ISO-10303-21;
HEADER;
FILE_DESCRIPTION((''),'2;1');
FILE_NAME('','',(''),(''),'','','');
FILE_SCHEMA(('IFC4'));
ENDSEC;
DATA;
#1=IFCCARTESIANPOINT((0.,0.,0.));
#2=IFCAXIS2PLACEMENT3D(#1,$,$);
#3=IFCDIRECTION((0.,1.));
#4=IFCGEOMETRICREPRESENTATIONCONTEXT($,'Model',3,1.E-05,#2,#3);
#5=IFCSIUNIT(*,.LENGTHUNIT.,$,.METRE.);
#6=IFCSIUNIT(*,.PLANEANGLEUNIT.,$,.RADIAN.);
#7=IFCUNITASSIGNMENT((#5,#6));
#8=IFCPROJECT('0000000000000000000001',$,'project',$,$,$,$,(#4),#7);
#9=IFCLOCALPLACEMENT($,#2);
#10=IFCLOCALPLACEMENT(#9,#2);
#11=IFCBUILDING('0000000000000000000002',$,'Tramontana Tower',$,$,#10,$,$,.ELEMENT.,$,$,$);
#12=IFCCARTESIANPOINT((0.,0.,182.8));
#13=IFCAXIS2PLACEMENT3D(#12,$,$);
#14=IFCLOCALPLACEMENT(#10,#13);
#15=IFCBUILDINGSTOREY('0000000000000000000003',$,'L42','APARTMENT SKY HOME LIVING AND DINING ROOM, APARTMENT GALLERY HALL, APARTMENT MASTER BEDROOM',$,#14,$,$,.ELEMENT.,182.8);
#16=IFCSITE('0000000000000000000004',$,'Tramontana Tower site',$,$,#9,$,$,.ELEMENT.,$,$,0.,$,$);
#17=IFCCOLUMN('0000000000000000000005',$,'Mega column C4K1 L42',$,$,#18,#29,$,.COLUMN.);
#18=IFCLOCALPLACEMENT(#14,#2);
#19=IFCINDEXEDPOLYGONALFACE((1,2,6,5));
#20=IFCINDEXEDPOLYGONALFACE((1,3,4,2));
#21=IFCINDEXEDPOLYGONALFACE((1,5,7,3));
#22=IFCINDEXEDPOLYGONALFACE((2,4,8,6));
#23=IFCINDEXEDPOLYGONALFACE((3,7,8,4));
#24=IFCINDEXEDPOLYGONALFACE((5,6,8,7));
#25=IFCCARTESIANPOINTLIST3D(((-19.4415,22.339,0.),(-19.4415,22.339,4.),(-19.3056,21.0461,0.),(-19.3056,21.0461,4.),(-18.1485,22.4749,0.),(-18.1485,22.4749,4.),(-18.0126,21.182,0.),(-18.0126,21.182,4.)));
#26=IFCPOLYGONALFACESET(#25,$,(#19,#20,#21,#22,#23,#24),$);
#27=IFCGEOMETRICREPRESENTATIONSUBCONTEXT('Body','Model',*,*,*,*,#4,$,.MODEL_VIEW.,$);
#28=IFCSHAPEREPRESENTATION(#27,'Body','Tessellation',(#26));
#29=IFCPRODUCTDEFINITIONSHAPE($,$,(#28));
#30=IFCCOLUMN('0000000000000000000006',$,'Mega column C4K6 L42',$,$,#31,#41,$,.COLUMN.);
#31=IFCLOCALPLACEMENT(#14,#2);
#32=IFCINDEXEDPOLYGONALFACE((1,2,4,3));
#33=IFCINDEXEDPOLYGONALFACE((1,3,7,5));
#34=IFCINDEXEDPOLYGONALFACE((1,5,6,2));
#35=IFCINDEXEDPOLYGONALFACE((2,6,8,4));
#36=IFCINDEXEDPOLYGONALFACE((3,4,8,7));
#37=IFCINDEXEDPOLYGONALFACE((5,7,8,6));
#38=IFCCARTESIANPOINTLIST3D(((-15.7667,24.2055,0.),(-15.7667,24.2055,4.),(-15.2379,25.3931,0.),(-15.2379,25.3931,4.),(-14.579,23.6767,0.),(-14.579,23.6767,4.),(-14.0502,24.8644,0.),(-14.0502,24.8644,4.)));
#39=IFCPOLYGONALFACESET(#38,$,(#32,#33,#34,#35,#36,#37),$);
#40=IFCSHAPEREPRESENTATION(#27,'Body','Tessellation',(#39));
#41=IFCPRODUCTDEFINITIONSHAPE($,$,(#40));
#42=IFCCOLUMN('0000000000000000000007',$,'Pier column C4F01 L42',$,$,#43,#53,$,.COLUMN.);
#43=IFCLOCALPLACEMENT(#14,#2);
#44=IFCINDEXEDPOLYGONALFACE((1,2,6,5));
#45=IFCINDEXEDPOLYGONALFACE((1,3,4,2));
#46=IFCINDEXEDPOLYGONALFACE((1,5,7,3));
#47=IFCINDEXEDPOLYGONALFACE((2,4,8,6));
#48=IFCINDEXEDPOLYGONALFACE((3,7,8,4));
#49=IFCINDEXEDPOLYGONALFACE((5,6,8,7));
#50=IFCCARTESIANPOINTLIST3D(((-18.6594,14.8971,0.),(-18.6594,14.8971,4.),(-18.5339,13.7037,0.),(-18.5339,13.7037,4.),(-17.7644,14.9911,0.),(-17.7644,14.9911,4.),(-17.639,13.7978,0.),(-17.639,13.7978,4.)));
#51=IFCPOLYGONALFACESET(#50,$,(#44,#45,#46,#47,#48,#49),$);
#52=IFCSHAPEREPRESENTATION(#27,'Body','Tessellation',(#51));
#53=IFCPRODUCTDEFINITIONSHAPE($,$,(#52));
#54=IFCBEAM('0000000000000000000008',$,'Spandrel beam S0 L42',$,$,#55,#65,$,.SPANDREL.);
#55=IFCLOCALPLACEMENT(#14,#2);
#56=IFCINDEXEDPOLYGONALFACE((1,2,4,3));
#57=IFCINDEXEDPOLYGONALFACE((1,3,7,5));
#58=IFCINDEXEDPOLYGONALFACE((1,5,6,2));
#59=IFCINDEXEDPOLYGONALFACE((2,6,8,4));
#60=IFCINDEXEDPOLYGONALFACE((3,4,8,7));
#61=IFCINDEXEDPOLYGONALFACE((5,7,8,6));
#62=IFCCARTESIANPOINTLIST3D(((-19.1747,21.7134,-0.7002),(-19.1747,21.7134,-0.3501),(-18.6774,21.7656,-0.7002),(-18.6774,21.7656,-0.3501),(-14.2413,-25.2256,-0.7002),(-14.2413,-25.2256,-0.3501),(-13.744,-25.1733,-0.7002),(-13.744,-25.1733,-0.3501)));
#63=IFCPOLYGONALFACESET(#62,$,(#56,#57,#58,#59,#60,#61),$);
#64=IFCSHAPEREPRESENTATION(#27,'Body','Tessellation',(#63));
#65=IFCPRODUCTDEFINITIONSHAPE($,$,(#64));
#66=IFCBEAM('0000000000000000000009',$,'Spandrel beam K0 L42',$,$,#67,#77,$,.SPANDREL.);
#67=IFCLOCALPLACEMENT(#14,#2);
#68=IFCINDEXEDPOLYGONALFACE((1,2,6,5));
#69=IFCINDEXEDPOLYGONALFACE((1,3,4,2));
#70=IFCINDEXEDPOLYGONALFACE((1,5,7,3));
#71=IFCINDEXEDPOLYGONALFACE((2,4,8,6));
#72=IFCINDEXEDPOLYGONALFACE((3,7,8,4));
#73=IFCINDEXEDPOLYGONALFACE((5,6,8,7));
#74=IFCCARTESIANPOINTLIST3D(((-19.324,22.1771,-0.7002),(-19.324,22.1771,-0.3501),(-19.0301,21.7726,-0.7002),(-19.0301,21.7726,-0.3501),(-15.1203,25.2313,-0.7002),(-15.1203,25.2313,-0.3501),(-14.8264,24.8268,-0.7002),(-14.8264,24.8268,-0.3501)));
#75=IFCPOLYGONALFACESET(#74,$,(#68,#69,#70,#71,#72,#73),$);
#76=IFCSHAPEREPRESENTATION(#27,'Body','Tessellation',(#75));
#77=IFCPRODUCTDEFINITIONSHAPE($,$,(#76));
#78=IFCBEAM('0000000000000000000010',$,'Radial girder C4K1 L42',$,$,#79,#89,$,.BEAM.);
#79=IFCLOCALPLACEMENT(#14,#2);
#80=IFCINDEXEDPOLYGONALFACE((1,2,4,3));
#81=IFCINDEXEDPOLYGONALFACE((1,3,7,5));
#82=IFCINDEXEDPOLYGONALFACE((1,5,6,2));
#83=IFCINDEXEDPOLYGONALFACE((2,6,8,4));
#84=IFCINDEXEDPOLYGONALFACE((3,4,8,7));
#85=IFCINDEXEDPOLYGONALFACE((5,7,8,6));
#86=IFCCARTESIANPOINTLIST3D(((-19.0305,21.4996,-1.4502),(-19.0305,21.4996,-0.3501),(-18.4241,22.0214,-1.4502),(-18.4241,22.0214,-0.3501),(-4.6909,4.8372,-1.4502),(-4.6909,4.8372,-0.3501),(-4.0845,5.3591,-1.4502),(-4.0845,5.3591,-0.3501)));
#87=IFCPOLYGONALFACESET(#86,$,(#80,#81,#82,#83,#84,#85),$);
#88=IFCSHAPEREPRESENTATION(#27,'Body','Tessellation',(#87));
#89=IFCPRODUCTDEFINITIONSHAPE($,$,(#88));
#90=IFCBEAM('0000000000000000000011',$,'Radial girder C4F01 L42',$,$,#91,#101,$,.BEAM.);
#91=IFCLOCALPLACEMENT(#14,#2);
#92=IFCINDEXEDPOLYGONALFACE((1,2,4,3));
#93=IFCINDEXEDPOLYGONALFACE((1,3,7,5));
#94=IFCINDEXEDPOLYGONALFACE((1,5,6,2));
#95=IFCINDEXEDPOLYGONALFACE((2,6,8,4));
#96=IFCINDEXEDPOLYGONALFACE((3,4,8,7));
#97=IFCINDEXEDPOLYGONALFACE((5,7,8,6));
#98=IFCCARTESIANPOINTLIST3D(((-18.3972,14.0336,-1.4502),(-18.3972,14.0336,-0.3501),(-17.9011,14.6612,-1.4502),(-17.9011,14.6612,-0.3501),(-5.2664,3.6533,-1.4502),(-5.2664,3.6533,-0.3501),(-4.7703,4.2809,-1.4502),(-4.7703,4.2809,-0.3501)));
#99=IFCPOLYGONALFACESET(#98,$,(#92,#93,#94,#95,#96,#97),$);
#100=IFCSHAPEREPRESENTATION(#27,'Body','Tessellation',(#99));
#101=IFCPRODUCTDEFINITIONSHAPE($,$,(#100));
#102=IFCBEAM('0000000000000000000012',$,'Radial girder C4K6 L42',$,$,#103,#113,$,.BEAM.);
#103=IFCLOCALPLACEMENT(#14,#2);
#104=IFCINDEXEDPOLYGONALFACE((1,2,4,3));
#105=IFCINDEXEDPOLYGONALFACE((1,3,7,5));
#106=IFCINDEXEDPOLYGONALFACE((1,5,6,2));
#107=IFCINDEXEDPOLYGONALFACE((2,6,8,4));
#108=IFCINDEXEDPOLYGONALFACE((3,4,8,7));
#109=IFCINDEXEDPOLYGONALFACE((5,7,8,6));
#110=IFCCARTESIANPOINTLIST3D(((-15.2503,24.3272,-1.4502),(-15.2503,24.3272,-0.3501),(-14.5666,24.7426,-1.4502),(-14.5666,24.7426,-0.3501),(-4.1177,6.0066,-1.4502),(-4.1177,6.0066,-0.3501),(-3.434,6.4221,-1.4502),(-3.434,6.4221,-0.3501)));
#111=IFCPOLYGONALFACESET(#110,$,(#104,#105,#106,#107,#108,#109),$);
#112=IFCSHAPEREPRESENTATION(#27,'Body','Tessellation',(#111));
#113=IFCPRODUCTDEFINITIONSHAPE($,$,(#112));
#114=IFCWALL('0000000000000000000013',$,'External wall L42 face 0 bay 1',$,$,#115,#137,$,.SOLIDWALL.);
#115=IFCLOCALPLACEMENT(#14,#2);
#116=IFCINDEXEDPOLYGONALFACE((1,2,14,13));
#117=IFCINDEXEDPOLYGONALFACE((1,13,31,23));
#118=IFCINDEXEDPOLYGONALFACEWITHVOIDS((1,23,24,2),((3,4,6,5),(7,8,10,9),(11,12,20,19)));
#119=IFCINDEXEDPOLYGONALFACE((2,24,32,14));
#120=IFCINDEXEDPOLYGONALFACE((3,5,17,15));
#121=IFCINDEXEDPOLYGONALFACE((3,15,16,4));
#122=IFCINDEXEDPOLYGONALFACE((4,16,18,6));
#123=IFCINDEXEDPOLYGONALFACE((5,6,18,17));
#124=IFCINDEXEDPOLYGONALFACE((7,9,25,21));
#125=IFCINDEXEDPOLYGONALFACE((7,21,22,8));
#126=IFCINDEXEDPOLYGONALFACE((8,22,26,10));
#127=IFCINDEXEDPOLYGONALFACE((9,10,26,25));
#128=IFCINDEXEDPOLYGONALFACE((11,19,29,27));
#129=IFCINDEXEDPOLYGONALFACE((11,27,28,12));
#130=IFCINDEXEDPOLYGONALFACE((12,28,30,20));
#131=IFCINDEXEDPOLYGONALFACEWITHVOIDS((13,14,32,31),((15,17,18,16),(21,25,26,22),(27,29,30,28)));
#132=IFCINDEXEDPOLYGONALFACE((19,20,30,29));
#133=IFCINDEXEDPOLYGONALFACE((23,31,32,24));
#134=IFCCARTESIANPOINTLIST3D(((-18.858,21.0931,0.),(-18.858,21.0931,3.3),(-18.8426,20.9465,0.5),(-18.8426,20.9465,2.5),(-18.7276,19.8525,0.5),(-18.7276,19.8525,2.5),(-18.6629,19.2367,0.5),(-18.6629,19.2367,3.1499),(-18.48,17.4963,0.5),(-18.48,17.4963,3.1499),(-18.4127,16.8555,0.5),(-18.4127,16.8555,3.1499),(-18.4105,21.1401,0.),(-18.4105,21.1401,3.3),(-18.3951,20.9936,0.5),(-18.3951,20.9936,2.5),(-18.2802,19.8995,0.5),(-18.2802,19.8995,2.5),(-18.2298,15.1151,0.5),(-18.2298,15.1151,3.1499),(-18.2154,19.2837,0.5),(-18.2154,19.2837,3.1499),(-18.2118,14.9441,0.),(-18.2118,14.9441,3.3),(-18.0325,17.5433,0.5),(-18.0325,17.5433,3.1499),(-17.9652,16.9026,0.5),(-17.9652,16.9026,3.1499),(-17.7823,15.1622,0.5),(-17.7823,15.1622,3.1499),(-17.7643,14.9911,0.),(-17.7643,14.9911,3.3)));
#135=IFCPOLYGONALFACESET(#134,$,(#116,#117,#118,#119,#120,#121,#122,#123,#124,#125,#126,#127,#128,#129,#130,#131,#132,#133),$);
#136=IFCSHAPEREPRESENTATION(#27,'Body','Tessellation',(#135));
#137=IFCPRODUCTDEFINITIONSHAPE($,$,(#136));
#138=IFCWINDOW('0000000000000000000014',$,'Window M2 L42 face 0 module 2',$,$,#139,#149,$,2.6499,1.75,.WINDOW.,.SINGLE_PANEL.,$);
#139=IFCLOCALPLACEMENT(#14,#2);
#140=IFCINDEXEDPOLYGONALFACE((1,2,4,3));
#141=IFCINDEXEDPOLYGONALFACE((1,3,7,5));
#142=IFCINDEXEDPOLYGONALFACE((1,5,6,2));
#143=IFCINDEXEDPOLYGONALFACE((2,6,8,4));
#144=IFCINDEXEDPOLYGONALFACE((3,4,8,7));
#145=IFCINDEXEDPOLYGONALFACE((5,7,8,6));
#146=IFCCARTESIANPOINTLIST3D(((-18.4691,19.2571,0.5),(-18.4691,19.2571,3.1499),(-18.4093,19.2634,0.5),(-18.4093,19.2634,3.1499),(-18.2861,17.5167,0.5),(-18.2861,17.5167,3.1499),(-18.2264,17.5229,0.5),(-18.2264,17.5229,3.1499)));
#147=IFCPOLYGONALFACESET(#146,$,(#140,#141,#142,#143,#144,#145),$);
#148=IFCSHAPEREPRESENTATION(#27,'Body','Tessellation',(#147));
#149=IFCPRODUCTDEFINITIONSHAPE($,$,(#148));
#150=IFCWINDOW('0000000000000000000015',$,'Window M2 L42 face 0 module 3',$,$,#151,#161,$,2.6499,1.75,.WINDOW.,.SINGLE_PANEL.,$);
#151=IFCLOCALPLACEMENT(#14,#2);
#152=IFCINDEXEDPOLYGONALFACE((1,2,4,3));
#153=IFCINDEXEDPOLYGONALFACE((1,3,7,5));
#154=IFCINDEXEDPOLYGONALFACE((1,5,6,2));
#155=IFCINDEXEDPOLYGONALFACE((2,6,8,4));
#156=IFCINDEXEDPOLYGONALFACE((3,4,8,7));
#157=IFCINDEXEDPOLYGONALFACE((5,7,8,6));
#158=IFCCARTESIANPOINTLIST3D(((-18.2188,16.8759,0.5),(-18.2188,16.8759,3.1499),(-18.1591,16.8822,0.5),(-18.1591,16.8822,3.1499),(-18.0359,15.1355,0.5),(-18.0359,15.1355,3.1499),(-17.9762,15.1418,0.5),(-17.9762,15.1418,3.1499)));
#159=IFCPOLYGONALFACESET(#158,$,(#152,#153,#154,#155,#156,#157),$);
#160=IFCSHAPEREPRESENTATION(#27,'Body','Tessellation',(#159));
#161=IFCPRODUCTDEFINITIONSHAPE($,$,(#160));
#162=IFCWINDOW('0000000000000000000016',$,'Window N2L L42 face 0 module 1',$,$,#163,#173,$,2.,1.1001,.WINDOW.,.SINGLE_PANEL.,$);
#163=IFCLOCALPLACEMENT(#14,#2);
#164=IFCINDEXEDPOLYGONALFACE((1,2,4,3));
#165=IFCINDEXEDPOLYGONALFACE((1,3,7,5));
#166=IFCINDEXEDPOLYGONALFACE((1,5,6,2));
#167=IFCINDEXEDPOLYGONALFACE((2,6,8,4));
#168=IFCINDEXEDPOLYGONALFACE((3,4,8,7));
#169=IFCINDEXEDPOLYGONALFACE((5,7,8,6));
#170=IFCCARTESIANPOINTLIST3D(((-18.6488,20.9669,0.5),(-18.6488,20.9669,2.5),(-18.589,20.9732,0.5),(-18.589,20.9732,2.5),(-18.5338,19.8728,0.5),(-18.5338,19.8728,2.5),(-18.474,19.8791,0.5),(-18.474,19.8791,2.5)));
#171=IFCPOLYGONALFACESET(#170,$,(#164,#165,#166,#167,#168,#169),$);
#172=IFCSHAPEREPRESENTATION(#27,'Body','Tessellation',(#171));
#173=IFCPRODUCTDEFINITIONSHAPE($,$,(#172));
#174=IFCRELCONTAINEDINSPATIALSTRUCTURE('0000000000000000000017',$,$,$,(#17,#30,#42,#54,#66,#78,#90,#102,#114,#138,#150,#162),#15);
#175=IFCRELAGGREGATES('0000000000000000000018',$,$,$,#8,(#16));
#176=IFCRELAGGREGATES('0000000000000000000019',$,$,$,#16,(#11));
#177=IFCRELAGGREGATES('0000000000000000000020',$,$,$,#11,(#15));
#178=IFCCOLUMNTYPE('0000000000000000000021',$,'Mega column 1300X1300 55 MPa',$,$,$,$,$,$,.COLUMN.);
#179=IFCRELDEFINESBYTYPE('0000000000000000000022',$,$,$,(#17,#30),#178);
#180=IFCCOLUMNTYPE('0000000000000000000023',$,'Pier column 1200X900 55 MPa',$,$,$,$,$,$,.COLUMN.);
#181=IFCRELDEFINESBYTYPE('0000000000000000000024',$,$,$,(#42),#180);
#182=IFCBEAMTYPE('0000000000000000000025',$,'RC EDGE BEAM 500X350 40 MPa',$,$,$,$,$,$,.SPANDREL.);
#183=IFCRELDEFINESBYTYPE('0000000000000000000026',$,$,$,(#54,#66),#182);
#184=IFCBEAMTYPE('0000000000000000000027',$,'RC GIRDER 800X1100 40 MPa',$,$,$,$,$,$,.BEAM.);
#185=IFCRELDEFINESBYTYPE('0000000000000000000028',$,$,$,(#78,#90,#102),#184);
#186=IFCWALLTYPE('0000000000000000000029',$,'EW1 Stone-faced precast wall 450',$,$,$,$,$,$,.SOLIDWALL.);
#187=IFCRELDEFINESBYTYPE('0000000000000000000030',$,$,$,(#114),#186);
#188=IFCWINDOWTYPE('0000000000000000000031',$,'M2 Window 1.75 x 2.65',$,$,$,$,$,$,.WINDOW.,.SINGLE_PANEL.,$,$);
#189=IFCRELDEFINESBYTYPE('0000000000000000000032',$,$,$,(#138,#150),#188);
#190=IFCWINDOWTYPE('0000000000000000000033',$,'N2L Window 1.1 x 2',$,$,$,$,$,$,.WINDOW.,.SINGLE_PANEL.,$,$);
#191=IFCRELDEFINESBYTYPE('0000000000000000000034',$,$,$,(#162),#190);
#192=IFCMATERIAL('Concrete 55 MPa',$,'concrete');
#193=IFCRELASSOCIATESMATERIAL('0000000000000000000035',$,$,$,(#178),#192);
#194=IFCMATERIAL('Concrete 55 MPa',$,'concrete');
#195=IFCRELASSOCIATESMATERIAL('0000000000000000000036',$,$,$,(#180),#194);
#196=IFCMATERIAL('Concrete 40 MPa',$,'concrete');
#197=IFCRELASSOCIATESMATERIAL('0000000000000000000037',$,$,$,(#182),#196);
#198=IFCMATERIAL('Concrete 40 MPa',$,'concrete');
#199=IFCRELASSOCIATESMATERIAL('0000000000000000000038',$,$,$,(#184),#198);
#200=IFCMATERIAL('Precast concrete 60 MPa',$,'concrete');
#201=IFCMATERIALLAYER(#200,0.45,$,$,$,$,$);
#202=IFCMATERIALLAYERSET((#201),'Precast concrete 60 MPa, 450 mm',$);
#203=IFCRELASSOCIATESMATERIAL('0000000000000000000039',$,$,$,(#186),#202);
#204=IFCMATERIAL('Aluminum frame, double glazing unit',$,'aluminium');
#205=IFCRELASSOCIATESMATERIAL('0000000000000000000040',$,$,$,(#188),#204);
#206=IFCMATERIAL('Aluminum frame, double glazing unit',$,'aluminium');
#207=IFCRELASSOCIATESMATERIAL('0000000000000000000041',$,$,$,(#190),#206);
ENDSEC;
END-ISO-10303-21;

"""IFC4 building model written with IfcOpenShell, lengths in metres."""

from ifc_helpers import new_model, si_unit, direction, frame, frame_2d, origin, origin_2d, place, context, subcontext, project, spatial, rectangle, extrude, material, layer, layer_set, material_profile, profile_set, type_object, element, fill, save


model = new_model("IFC4")

# Units and contexts
model_context = context("Model", 3, precision=1e-05, world=origin(), true_north=direction((0.0, 1.0)))
body_context = subcontext(model_context, "Body", "Model", "MODEL_VIEW")
ifc_project = project(units=[si_unit("LENGTHUNIT", "METRE"), si_unit("PLANEANGLEUNIT", "RADIAN")], contexts=[model_context])

# Site, building, storey
site_placement = place(None, origin())
site = spatial("IfcSite", under=ifc_project, at=site_placement, Name="Tramontana Tower site", CompositionType="ELEMENT", RefElevation=0.0)
building_placement = place(site_placement, origin())
building = spatial("IfcBuilding", under=site, at=building_placement, Name="Tramontana Tower", CompositionType="ELEMENT")
storey_placement = place(building_placement, frame((0.0, 0.0, 182.8)))
storey = spatial("IfcBuildingStorey", under=building, at=storey_placement, Name="L42", Description="APARTMENT SKY HOME LIVING AND DINING ROOM, APARTMENT GALLERY HALL, APARTMENT MASTER BEDROOM", CompositionType="ELEMENT", Elevation=182.8)

# Columns
ifc_material_1 = material(Name="Concrete 55 MPa", Category="concrete")
ifc_material_profile_1 = material_profile(ifc_material_1, rectangle(XDim=1.3, YDim=1.3, at=origin_2d()), Name="Mega column 1300X1300 55 MPa")
ifc_profile_set_1 = profile_set([ifc_material_profile_1], Name="Concrete 55 MPa")
column_type_1 = type_object("IfcColumnType", Name="Mega column 1300X1300 55 MPa", PredefinedType="COLUMN", material=ifc_profile_set_1)
for number, where, z_axis, x_axis, name in (
    (1, (-18.7271, 21.7605, 0.0), (0.0, 0.0, 1.0), (0.104528, -0.994522, 0.0), "Mega column C4K1 L42"),
    (2, (-14.9084, 24.5349, 0.0), (0.0, 0.0, 1.0), (-0.913545, 0.406737, 0.0), "Mega column C4K6 L42"),
):
    element("IfcColumn", number, at=place(storey_placement, frame(where, z_axis=z_axis, x_axis=x_axis)), inside=storey, type_object=column_type_1, Name=name, PredefinedType="COLUMN", context=body_context, shape_type="SweptSolid", body=[
        extrude(rectangle(XDim=1.3, YDim=1.3, at=origin_2d()), origin(), (0.0, 0.0, 1.0), 4.0),
    ])
ifc_material_2 = material(Name="Concrete 55 MPa", Category="concrete")
ifc_material_profile_2 = material_profile(ifc_material_2, rectangle(XDim=1.2, YDim=0.8999, at=origin_2d()), Name="Pier column 1200X900 55 MPa")
ifc_profile_set_2 = profile_set([ifc_material_profile_2], Name="Concrete 55 MPa")
column_type_2 = type_object("IfcColumnType", Name="Pier column 1200X900 55 MPa", PredefinedType="COLUMN", material=ifc_profile_set_2)
column_placement = place(storey_placement, frame((-18.1492, 14.3474, 0.0), z_axis=(0.0, 0.0, 1.0), x_axis=(0.104528, -0.994522, 0.0)))
element("IfcColumn", 3, at=column_placement, inside=storey, type_object=column_type_2, Name="Pier column C4F01 L42", PredefinedType="COLUMN", context=body_context, shape_type="SweptSolid", body=[
    extrude(rectangle(XDim=1.2, YDim=0.8999, at=origin_2d()), origin(), (0.0, 0.0, 1.0), 4.0),
])

# Beams
ifc_material_3 = material(Name="Concrete 40 MPa", Category="concrete")
ifc_material_profile_3 = material_profile(ifc_material_3, rectangle(XDim=0.5, YDim=0.3501, at=origin_2d()), Name="RC EDGE BEAM 500X350 40 MPa")
ifc_profile_set_3 = profile_set([ifc_material_profile_3], Name="Concrete 40 MPa")
beam_type_1 = type_object("IfcBeamType", Name="RC EDGE BEAM 500X350 40 MPa", PredefinedType="SPANDREL", material=ifc_profile_set_3)
beam_1_placement = place(storey_placement, frame((-18.926, 21.7395, -0.5251), z_axis=(0.104526, -0.994522, 0.0), x_axis=(0.994522, 0.104526, 0.0)))
element("IfcBeam", 4, at=beam_1_placement, inside=storey, type_object=beam_type_1, Name="Spandrel beam S0 L42", PredefinedType="SPANDREL", context=body_context, shape_type="SweptSolid", body=[
    extrude(rectangle(XDim=0.5, YDim=0.3501, at=origin_2d()), origin(), (0.0, 0.0, 1.0), 47.1975),
])
beam_2_placement = place(storey_placement, frame((-14.9734, 25.0291, -0.5251), z_axis=(-0.809008, -0.587797, 0.0), x_axis=(0.587797, -0.809008, 0.0)))
element("IfcBeam", 5, at=beam_2_placement, inside=storey, type_object=beam_type_1, Name="Spandrel beam K0 L42", PredefinedType="SPANDREL", context=body_context, shape_type="SweptSolid", body=[
    extrude(rectangle(XDim=0.5, YDim=0.3501, at=origin_2d()), origin(), (0.0, 0.0, 1.0), 5.196),
])
ifc_material_4 = material(Name="Concrete 40 MPa", Category="concrete")
ifc_material_profile_4 = material_profile(ifc_material_4, rectangle(XDim=0.8, YDim=1.1001, at=origin_2d()), Name="RC GIRDER 800X1100 40 MPa")
ifc_profile_set_4 = profile_set([ifc_material_profile_4], Name="Concrete 40 MPa")
beam_type_2 = type_object("IfcBeamType", Name="RC GIRDER 800X1100 40 MPa", PredefinedType="BEAM", material=ifc_profile_set_4)
beam_3_placement = place(storey_placement, frame((-18.7273, 21.7605, -0.9001), z_axis=(0.6523, -0.757961, 0.0), x_axis=(0.757961, 0.6523, 0.0)))
element("IfcBeam", 6, at=beam_3_placement, inside=storey, type_object=beam_type_2, Name="Radial girder C4K1 L42", PredefinedType="BEAM", context=body_context, shape_type="SweptSolid", body=[
    extrude(rectangle(XDim=0.8, YDim=1.1001, at=origin_2d()), origin(), (0.0, 0.0, 1.0), 21.9832),
])
beam_4_placement = place(storey_placement, frame((-18.1492, 14.3474, -0.9001), z_axis=(0.784479, -0.620156, 0.0), x_axis=(0.620156, 0.784479, 0.0)))
element("IfcBeam", 7, at=beam_4_placement, inside=storey, type_object=beam_type_2, Name="Radial girder C4F01 L42", PredefinedType="BEAM", context=body_context, shape_type="SweptSolid", body=[
    extrude(rectangle(XDim=0.8, YDim=1.1001, at=origin_2d()), origin(), (0.0, 0.0, 1.0), 16.7383),
])
beam_5_placement = place(storey_placement, frame((-14.9084, 24.5349, -0.9001), z_axis=(0.519298, -0.854593, 0.0), x_axis=(0.854593, 0.519298, 0.0)))
element("IfcBeam", 8, at=beam_5_placement, inside=storey, type_object=beam_type_2, Name="Radial girder C4K6 L42", PredefinedType="BEAM", context=body_context, shape_type="SweptSolid", body=[
    extrude(rectangle(XDim=0.8, YDim=1.1001, at=origin_2d()), origin(), (0.0, 0.0, 1.0), 21.4377),
])

# Wall, openings, windows
ifc_material_5 = material(Name="Precast concrete 60 MPa", Category="concrete")
ifc_layer_1 = layer(ifc_material_5, 0.45)
ifc_layer_set_1 = layer_set([ifc_layer_1], Name="Precast concrete 60 MPa, 450 mm")
wall_type_1 = type_object("IfcWallType", Name="EW1 Stone-faced precast wall 450", PredefinedType="SOLIDWALL", material=ifc_layer_set_1)
wall_1_placement = place(storey_placement, frame((-18.6343, 21.1165, 0.0), z_axis=(0.0, 0.0, 1.0), x_axis=(0.104522, -0.994523, 0.0)))
wall_1 = element("IfcWall", 9, at=wall_1_placement, inside=storey, type_object=wall_type_1, Name="External wall L42 face 0 bay 1", PredefinedType="SOLIDWALL", context=body_context, shape_type="SweptSolid", body=[
    extrude(rectangle(XDim=6.1829, YDim=0.45, at=frame_2d((3.0913, 0.0))), origin(), (0.0, 0.0, 1.0), 3.3),
])
opening_1_placement = place(wall_1_placement, frame((0.1472, 0.0, 0.5)))
opening_1 = element("IfcOpeningElement", 10, at=opening_1_placement, cuts=wall_1, PredefinedType="OPENING", context=body_context, shape_type="SweptSolid", body=[
    extrude(rectangle(XDim=1.1001, YDim=2.0, at=frame_2d((0.55, 1.0))), frame((0.0, 0.2349, 0.0), z_axis=(0.0, -1.0, 0.0), x_axis=(1.0, 0.0, 0.0)), (0.0, 0.0, 1.0), 0.47),
])
opening_2_placement = place(wall_1_placement, frame((1.8665, 0.0, 0.5)))
opening_2 = element("IfcOpeningElement", 11, at=opening_2_placement, cuts=wall_1, PredefinedType="OPENING", context=body_context, shape_type="SweptSolid", body=[
    extrude(rectangle(XDim=1.75, YDim=2.6499, at=frame_2d((0.875, 1.325))), frame((0.0, 0.2349, 0.0), z_axis=(0.0, -1.0, 0.0), x_axis=(1.0, 0.0, 0.0)), (0.0, 0.0, 1.0), 0.47),
])
opening_3_placement = place(wall_1_placement, frame((4.2607, 0.0, 0.5)))
opening_3 = element("IfcOpeningElement", 12, at=opening_3_placement, cuts=wall_1, PredefinedType="OPENING", context=body_context, shape_type="SweptSolid", body=[
    extrude(rectangle(XDim=1.75, YDim=2.6499, at=frame_2d((0.875, 1.325))), frame((0.0, 0.2349, 0.0), z_axis=(0.0, -1.0, 0.0), x_axis=(1.0, 0.0, 0.0)), (0.0, 0.0, 1.0), 0.47),
])
ifc_material_6 = material(Name="Aluminum frame, double glazing unit", Category="aluminium")
window_type_1 = type_object("IfcWindowType", Name="M2 Window 1.75 x 2.65", PartitioningType="SINGLE_PANEL", PredefinedType="WINDOW", material=ifc_material_6)
window_1_placement = place(opening_2_placement, origin())
window_1 = element("IfcWindow", 13, at=window_1_placement, inside=storey, type_object=window_type_1, Name="Window M2 L42 face 0 module 2", OverallHeight=2.6499, OverallWidth=1.75, PartitioningType="SINGLE_PANEL", PredefinedType="WINDOW", context=body_context, shape_type="SweptSolid", body=[
    extrude(rectangle(XDim=1.75, YDim=2.6499, at=frame_2d((0.875, 1.325))), frame((0.0, 0.03, 0.0), z_axis=(0.0, -1.0, 0.0), x_axis=(1.0, 0.0, 0.0)), (0.0, 0.0, 1.0), 0.0601),
])
fill(opening_2, window_1)
window_2_placement = place(opening_3_placement, origin())
window_2 = element("IfcWindow", 14, at=window_2_placement, inside=storey, type_object=window_type_1, Name="Window M2 L42 face 0 module 3", OverallHeight=2.6499, OverallWidth=1.75, PartitioningType="SINGLE_PANEL", PredefinedType="WINDOW", context=body_context, shape_type="SweptSolid", body=[
    extrude(rectangle(XDim=1.75, YDim=2.6499, at=frame_2d((0.875, 1.325))), frame((0.0, 0.03, 0.0), z_axis=(0.0, -1.0, 0.0), x_axis=(1.0, 0.0, 0.0)), (0.0, 0.0, 1.0), 0.0601),
])
fill(opening_3, window_2)
ifc_material_7 = material(Name="Aluminum frame, double glazing unit", Category="aluminium")
window_type_2 = type_object("IfcWindowType", Name="N2L Window 1.1 x 2", PartitioningType="SINGLE_PANEL", PredefinedType="WINDOW", material=ifc_material_7)
window_3_placement = place(opening_1_placement, origin())
window_3 = element("IfcWindow", 15, at=window_3_placement, inside=storey, type_object=window_type_2, Name="Window N2L L42 face 0 module 1", OverallHeight=2.0, OverallWidth=1.1001, PartitioningType="SINGLE_PANEL", PredefinedType="WINDOW", context=body_context, shape_type="SweptSolid", body=[
    extrude(rectangle(XDim=1.1001, YDim=2.0, at=frame_2d((0.55, 1.0))), frame((0.0, 0.03, 0.0), z_axis=(0.0, -1.0, 0.0), x_axis=(1.0, 0.0, 0.0)), (0.0, 0.0, 1.0), 0.0601),
])
fill(opening_1, window_3)

save(model, "model.ifc")
